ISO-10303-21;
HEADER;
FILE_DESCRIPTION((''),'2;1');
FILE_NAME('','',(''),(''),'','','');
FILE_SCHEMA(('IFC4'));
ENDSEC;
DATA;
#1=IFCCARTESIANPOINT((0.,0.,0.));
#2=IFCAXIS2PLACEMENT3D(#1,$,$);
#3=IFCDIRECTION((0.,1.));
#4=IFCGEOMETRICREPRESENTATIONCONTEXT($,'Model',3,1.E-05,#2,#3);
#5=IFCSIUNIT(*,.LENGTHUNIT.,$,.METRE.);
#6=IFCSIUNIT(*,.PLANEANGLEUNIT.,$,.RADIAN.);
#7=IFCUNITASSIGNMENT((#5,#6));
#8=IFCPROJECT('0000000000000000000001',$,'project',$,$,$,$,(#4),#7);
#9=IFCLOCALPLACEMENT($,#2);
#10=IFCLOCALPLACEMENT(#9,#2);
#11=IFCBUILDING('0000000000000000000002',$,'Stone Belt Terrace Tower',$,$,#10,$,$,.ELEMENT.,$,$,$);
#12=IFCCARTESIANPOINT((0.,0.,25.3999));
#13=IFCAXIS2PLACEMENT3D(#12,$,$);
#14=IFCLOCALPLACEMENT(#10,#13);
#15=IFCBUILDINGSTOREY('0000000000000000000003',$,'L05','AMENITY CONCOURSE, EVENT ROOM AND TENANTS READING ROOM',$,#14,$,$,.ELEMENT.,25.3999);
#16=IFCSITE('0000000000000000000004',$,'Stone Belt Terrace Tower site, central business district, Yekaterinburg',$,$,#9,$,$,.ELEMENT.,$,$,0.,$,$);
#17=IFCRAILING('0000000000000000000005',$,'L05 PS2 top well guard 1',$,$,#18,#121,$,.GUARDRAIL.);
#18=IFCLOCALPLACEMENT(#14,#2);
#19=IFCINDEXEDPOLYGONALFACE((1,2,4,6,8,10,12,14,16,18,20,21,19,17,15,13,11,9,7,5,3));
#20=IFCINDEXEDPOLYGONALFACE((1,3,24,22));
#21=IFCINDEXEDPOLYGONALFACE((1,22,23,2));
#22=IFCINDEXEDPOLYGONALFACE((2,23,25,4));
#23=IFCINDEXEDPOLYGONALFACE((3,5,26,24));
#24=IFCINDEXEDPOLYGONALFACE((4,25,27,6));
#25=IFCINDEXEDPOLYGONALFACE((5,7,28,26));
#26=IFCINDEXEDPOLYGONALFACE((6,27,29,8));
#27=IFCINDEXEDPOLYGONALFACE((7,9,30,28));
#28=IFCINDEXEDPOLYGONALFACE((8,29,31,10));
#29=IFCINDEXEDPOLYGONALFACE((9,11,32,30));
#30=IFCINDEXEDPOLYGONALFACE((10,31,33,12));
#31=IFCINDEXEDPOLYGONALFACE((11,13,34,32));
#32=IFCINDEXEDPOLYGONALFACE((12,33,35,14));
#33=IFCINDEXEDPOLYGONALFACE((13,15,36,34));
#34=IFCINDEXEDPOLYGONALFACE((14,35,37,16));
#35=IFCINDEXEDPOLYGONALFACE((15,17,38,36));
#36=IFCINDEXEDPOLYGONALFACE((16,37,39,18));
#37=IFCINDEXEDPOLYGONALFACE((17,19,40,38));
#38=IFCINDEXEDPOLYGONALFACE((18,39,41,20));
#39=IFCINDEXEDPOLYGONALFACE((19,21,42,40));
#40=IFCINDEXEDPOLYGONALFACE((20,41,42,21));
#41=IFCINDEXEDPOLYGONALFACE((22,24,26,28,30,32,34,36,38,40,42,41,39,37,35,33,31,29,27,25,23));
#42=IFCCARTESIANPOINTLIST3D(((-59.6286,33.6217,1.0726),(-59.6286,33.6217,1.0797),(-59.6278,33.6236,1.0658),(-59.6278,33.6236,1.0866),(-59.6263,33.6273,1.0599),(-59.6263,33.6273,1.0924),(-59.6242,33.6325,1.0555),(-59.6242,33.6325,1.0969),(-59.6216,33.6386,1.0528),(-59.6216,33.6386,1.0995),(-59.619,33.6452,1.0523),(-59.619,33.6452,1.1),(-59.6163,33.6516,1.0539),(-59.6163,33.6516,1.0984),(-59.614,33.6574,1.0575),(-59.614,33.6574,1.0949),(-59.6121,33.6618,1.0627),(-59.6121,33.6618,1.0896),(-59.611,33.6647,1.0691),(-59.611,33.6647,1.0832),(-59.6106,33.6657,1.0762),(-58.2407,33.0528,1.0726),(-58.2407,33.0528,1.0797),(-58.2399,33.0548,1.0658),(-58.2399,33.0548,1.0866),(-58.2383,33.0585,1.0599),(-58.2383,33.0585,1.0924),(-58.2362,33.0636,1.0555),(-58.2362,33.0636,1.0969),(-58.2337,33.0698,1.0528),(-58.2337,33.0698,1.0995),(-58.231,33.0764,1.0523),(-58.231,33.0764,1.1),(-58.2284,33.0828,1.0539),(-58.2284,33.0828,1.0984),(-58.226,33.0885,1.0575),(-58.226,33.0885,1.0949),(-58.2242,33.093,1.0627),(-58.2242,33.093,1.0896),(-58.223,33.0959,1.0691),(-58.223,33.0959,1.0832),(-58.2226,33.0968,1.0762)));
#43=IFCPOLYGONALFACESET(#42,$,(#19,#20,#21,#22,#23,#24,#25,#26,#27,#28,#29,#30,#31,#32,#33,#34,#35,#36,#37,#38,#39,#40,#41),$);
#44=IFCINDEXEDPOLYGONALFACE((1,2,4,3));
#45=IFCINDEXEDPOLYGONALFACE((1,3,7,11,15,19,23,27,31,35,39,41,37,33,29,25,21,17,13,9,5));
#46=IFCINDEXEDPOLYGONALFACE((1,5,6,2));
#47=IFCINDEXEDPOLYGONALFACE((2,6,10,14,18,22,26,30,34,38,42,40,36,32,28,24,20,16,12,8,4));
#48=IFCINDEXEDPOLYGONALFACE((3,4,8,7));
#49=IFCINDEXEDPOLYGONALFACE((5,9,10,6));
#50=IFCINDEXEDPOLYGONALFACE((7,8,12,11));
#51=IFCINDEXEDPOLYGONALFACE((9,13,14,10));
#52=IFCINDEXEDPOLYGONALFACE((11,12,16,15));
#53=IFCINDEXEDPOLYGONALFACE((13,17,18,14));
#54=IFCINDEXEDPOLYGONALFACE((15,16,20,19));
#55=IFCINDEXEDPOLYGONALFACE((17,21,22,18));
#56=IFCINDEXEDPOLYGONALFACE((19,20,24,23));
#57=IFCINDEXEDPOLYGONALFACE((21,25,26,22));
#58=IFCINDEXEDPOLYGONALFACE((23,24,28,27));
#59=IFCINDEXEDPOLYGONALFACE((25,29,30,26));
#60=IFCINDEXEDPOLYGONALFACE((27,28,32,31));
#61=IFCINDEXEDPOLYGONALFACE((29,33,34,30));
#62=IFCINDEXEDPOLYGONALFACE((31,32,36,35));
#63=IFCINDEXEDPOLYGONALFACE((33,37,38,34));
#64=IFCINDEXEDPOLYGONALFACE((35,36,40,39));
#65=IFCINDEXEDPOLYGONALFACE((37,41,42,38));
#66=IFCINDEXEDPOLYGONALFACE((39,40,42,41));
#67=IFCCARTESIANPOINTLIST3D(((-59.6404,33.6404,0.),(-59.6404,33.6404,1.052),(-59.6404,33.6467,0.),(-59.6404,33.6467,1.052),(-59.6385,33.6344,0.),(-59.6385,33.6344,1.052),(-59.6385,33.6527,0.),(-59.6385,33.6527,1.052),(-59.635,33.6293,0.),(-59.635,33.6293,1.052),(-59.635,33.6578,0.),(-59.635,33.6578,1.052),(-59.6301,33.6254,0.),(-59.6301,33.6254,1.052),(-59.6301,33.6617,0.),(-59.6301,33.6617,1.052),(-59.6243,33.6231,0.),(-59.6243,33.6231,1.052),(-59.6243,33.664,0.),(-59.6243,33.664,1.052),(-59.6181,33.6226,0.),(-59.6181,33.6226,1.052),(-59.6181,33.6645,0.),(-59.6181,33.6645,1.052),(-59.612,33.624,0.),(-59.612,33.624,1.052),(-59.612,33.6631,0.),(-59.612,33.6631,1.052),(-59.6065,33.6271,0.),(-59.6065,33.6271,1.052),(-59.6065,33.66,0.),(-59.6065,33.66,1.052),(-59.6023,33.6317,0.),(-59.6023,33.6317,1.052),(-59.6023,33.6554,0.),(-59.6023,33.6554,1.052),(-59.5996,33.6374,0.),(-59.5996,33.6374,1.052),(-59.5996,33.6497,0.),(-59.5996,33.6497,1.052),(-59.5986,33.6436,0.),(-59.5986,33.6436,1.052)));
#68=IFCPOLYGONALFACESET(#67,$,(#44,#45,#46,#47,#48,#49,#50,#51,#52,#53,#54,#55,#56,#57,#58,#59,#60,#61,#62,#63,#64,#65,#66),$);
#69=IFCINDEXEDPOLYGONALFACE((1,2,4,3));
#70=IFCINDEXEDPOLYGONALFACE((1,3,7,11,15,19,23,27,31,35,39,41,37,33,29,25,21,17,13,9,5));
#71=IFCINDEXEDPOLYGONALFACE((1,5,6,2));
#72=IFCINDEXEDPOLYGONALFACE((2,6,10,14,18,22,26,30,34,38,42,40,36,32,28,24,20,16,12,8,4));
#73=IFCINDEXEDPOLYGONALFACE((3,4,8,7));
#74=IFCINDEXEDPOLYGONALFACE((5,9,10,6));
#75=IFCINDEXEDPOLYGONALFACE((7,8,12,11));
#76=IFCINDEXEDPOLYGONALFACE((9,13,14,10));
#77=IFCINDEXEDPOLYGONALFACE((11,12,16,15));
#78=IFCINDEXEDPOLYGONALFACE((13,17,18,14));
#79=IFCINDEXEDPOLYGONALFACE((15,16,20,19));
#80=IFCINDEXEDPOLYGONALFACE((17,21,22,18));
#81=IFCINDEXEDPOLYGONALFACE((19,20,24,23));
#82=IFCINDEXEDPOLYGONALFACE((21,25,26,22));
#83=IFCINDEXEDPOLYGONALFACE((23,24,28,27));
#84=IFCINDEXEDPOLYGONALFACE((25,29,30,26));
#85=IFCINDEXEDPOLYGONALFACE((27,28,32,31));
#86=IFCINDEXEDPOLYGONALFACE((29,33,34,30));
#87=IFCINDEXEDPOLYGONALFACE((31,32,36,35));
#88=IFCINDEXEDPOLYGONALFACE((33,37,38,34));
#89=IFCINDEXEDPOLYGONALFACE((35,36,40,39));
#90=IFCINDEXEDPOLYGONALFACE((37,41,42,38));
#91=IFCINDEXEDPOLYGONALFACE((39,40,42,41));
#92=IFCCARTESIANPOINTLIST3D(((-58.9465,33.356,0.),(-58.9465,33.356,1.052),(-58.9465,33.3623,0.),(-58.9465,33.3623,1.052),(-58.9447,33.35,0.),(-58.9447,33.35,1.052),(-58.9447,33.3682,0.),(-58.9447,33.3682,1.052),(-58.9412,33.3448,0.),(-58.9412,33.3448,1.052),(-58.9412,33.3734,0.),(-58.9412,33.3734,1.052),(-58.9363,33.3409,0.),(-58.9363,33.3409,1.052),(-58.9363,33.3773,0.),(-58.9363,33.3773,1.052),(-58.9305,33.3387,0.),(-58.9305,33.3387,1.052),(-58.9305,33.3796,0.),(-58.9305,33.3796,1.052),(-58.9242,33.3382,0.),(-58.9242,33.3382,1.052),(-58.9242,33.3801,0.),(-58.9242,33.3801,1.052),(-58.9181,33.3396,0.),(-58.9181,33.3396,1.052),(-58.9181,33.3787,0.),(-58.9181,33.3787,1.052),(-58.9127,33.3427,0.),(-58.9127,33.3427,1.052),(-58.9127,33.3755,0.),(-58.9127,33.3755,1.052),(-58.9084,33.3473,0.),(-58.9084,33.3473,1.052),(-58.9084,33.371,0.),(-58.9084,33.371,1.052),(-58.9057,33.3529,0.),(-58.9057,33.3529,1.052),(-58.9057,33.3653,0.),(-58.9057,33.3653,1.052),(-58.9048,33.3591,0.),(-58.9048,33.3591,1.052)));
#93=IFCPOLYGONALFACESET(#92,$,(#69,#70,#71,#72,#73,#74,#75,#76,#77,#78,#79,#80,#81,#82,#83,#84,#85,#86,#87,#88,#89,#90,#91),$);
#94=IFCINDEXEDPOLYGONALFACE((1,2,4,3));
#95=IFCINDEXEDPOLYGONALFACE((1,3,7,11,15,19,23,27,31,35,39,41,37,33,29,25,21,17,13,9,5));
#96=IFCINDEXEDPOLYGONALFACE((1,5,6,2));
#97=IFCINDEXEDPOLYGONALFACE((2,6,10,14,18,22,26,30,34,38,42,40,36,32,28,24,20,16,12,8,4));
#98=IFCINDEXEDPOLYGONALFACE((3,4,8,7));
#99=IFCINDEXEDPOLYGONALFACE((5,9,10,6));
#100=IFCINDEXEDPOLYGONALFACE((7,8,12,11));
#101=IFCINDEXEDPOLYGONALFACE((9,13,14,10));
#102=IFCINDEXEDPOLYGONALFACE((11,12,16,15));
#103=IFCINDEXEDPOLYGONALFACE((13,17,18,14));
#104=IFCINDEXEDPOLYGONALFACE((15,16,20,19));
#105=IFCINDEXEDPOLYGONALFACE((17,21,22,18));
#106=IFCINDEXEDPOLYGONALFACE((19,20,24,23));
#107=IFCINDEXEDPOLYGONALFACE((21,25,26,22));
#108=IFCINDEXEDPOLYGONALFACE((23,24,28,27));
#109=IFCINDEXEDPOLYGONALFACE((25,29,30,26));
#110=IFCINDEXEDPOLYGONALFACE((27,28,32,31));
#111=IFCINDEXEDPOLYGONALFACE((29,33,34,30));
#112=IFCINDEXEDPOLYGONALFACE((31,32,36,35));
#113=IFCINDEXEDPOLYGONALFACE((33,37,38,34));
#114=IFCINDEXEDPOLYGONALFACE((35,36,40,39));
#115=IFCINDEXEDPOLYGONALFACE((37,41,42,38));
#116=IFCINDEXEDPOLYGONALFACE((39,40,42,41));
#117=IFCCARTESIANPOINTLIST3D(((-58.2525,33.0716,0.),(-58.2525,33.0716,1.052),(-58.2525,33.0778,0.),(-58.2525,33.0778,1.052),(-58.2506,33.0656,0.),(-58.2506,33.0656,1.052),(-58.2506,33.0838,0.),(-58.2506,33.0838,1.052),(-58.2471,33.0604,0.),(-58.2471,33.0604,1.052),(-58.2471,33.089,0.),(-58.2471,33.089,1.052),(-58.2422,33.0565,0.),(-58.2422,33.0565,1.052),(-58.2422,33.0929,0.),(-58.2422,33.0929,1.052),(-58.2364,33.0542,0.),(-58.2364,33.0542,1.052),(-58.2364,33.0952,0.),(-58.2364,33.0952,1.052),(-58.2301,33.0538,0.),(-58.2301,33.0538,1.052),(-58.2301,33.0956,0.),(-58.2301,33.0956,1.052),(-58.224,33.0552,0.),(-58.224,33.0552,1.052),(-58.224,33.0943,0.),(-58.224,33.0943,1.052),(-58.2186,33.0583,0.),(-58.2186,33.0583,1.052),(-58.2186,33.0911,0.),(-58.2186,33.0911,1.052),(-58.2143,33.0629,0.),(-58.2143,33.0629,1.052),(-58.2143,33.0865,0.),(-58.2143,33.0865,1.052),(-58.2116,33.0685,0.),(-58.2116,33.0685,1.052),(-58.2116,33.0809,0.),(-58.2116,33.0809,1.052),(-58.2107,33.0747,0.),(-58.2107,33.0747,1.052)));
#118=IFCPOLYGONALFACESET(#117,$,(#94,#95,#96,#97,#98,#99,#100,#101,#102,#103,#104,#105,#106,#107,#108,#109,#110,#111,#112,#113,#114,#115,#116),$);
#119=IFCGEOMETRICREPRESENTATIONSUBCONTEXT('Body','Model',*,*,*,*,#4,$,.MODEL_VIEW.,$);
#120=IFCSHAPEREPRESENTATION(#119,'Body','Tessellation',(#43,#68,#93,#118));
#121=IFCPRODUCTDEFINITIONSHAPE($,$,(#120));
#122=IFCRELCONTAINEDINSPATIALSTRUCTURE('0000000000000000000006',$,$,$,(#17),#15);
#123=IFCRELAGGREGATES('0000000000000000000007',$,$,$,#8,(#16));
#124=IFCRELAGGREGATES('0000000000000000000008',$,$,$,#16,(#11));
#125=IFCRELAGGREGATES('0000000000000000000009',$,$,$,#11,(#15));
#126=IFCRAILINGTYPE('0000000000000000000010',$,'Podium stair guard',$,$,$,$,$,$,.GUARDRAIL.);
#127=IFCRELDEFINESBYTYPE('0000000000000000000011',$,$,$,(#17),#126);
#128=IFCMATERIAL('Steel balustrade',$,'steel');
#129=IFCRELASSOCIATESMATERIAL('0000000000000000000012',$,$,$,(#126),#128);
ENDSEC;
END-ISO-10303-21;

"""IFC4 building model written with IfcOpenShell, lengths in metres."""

from ifc_helpers import new_model, si_unit, direction, frame, origin, origin_2d, place, context, subcontext, project, spatial, circle, extrude, material, type_object, element, save


model = new_model("IFC4")

# Units and contexts
model_context = context("Model", 3, precision=1e-05, world=origin(), true_north=direction((0.0, 1.0)))
body_context = subcontext(model_context, "Body", "Model", "MODEL_VIEW")
ifc_project = project(units=[si_unit("LENGTHUNIT", "METRE"), si_unit("PLANEANGLEUNIT", "RADIAN")], contexts=[model_context])

# Site, building, storey
site_placement = place(None, origin())
site = spatial("IfcSite", under=ifc_project, at=site_placement, Name="Stone Belt Terrace Tower site, central business district, Yekaterinburg", CompositionType="ELEMENT", RefElevation=0.0)
building_placement = place(site_placement, origin())
building = spatial("IfcBuilding", under=site, at=building_placement, Name="Stone Belt Terrace Tower", CompositionType="ELEMENT")
storey_placement = place(building_placement, frame((0.0, 0.0, 25.3999)))
storey = spatial("IfcBuildingStorey", under=building, at=storey_placement, Name="L05", Description="AMENITY CONCOURSE, EVENT ROOM AND TENANTS READING ROOM", CompositionType="ELEMENT", Elevation=25.3999)

# Railing
ifc_material_1 = material(Name="Steel balustrade", Category="steel")
railing_type = type_object("IfcRailingType", Name="Podium stair guard", PredefinedType="GUARDRAIL", material=ifc_material_1)
railing_placement = place(storey_placement, frame((-59.6196, 33.6436, 0.0)))
element("IfcRailing", 1, at=railing_placement, inside=storey, type_object=railing_type, Name="L05 PS2 top well guard 1", PredefinedType="GUARDRAIL", context=body_context, shape_type="SweptSolid", body=[
    extrude(circle(Radius=0.0239, at=origin_2d()), frame((0.0, 0.0, 1.0762), z_axis=(0.9253, -0.379235, 0.0), x_axis=(0.379235, 0.9253, 0.0)), (0.0, 0.0, 1.0), 1.5),
    extrude(circle(Radius=0.021, at=origin_2d()), origin(), (0.0, 0.0, 1.0), 1.052),
    extrude(circle(Radius=0.021, at=origin_2d()), frame((0.6938, -0.2844, 0.0)), (0.0, 0.0, 1.0), 1.052),
    extrude(circle(Radius=0.021, at=origin_2d()), frame((1.3879, -0.5688, 0.0)), (0.0, 0.0, 1.0), 1.052),
])

save(model, "model.ifc")
